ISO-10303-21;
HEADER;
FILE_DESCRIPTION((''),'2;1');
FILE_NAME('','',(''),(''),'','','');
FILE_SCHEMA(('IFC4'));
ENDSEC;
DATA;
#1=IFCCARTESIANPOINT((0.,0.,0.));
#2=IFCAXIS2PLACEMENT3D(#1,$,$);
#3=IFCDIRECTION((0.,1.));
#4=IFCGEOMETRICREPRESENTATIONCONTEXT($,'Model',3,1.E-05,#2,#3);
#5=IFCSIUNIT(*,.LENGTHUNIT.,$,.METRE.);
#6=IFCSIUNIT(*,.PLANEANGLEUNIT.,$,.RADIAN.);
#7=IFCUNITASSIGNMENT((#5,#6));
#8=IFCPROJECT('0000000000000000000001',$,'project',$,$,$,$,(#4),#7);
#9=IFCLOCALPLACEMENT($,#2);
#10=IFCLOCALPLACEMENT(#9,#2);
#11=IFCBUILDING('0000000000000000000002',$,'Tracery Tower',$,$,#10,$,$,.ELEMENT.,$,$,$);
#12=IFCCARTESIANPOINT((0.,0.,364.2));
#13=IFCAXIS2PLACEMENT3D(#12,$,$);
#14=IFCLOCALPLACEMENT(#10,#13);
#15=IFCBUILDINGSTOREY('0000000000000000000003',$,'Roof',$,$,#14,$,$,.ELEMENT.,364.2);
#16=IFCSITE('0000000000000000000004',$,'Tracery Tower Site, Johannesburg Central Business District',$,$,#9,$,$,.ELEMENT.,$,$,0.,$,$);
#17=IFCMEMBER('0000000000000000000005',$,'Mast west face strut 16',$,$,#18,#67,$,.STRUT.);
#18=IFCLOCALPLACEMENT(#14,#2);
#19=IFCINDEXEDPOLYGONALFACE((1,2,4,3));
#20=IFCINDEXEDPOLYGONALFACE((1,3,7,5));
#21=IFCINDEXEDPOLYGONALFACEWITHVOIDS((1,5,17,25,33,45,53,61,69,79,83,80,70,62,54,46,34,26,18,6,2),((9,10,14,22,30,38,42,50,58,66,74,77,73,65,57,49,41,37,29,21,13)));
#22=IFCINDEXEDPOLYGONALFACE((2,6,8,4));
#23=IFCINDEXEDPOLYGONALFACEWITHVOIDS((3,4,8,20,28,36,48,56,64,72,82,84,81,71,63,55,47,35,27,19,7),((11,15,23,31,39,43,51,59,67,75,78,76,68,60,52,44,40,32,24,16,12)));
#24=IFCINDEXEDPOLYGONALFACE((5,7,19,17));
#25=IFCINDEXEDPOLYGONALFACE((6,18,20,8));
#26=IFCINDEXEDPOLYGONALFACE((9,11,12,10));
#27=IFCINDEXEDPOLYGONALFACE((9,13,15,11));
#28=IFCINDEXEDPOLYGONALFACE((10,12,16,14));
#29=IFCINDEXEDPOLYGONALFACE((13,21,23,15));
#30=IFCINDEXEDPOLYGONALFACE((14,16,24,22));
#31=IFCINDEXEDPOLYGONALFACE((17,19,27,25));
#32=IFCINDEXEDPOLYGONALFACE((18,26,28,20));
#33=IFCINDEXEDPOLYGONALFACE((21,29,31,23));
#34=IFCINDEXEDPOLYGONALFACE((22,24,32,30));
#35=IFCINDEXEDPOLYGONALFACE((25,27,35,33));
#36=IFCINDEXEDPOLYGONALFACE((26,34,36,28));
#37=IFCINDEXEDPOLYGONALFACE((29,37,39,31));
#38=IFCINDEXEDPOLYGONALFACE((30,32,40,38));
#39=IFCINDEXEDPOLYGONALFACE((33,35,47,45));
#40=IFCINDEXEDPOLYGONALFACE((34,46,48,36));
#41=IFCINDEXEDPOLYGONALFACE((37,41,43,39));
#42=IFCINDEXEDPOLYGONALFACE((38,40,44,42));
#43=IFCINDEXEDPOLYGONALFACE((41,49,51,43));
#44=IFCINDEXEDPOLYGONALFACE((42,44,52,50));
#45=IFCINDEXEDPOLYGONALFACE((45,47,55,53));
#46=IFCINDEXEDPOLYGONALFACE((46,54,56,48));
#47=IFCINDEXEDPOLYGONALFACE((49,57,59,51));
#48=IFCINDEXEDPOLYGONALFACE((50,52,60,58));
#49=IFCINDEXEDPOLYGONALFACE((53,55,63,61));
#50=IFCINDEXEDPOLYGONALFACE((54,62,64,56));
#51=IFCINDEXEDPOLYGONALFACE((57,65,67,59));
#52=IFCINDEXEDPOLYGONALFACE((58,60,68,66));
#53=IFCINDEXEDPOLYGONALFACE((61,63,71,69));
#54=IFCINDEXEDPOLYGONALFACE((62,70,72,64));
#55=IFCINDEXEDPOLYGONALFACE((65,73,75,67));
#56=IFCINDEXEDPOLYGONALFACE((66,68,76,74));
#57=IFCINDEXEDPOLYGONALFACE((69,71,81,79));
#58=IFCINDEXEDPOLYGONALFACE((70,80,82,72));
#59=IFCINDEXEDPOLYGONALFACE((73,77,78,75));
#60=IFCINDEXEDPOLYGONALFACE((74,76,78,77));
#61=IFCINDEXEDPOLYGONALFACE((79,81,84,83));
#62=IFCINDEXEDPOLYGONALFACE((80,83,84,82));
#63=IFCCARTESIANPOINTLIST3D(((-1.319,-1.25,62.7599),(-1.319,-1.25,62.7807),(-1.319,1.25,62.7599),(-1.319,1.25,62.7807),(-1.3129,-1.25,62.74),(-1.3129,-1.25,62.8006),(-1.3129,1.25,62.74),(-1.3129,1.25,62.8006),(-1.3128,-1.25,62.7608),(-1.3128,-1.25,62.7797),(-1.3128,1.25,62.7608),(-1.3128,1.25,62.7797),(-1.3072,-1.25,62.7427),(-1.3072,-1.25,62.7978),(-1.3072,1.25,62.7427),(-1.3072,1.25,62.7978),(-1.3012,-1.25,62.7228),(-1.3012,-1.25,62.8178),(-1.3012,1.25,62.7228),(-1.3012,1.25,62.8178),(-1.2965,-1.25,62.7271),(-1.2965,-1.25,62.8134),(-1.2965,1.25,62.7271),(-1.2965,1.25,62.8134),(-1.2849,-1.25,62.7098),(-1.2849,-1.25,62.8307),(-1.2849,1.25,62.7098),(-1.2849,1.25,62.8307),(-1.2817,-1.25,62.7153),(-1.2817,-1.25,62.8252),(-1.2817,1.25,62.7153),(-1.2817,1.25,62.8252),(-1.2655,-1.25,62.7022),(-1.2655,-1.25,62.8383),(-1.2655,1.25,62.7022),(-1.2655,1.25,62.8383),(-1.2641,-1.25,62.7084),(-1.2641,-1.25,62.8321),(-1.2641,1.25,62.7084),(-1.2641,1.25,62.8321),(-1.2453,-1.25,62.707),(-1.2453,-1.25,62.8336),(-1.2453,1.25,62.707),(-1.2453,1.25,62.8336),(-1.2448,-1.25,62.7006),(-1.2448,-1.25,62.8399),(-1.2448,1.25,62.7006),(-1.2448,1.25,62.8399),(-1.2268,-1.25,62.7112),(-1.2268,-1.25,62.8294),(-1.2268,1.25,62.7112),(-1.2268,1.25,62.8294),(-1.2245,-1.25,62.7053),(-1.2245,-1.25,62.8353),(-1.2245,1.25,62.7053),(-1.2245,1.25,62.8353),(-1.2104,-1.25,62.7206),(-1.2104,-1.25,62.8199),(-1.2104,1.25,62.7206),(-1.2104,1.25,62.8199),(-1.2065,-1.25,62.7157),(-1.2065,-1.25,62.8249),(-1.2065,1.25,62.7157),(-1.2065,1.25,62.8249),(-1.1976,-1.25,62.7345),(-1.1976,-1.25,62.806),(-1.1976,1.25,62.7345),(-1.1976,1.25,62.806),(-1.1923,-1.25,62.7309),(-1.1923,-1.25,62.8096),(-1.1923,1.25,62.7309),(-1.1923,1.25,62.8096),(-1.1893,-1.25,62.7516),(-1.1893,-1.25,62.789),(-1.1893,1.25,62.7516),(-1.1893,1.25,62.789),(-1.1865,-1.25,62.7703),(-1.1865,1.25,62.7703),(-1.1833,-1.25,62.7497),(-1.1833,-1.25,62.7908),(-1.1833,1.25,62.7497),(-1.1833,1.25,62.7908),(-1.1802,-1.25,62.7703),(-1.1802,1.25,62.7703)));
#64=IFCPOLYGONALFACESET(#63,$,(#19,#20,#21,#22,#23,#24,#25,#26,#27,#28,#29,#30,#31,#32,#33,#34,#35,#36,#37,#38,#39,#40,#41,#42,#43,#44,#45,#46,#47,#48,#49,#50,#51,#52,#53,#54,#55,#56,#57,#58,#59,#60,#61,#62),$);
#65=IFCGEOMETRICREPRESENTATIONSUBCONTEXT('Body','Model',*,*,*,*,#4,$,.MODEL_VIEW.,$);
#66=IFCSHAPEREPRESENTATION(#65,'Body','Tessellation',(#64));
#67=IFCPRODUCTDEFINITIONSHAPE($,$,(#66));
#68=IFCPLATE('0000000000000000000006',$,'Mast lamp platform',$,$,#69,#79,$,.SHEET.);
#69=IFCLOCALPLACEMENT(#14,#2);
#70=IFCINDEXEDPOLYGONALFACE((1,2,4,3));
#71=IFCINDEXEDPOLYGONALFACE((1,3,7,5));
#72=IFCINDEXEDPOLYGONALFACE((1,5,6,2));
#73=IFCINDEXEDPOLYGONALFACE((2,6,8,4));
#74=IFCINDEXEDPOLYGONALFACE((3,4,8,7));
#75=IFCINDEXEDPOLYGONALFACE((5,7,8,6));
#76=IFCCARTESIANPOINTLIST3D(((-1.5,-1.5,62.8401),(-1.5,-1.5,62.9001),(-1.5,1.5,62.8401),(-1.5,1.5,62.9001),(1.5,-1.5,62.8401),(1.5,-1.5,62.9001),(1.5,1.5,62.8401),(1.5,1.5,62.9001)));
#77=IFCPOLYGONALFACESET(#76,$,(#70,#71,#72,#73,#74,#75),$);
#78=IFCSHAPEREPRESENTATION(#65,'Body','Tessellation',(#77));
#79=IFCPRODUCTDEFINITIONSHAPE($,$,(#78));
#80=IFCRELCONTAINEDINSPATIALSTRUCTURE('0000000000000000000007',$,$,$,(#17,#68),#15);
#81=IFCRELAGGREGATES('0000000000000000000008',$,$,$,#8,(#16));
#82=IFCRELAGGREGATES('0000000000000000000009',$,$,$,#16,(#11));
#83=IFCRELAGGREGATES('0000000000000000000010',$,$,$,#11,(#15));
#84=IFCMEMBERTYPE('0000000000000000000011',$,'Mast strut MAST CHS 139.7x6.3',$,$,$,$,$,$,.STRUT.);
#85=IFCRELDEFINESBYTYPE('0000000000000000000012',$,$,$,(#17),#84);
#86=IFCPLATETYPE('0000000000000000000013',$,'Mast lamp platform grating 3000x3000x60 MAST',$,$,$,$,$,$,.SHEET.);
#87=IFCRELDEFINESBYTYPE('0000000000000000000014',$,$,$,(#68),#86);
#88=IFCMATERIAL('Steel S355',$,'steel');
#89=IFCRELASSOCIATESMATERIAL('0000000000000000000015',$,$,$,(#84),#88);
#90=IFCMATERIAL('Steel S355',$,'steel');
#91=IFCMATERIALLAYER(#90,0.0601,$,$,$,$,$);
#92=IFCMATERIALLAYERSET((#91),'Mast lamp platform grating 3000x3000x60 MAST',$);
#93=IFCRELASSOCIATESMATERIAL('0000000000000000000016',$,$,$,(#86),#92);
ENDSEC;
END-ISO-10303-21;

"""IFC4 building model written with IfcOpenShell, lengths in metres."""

from ifc_helpers import new_model, si_unit, direction, frame, origin, origin_2d, place, context, subcontext, project, spatial, rectangle, hollow_circle, extrude, material, layer, layer_set, material_profile, profile_set, type_object, element, save


model = new_model("IFC4")

# Units and contexts
model_context = context("Model", 3, precision=1e-05, world=origin(), true_north=direction((0.0, 1.0)))
body_context = subcontext(model_context, "Body", "Model", "MODEL_VIEW")
ifc_project = project(units=[si_unit("LENGTHUNIT", "METRE"), si_unit("PLANEANGLEUNIT", "RADIAN")], contexts=[model_context])

# Site, building, storey
site_placement = place(None, origin())
site = spatial("IfcSite", under=ifc_project, at=site_placement, Name="Tracery Tower Site, Johannesburg Central Business District", CompositionType="ELEMENT", RefElevation=0.0)
building_placement = place(site_placement, origin())
building = spatial("IfcBuilding", under=site, at=building_placement, Name="Tracery Tower", CompositionType="ELEMENT")
storey_placement = place(building_placement, frame((0.0, 0.0, 364.2)))
storey = spatial("IfcBuildingStorey", under=building, at=storey_placement, Name="Roof", CompositionType="ELEMENT", Elevation=364.2)

# Member
ifc_material_1 = material(Name="Steel S355", Category="steel")
ifc_material_profile_1 = material_profile(ifc_material_1, hollow_circle(Radius=0.0698, WallThickness=0.0063, at=origin_2d()), Name="CHS 139.7x6.3")
ifc_profile_set_1 = profile_set([ifc_material_profile_1], Name="Steel S355")
member_type_1 = type_object("IfcMemberType", Name="Mast strut MAST CHS 139.7x6.3", PredefinedType="STRUT", material=ifc_profile_set_1)
for number, where, z_axis, x_axis, name in (
    (1, (-1.25, 1.25, 62.7703), (0.0, -1.0, 0.0), (1.0, 0.0, 0.0), "Mast west face strut 16"),
):
    element("IfcMember", number, at=place(storey_placement, frame(where, z_axis=z_axis, x_axis=x_axis)), inside=storey, type_object=member_type_1, Name=name, PredefinedType="STRUT", context=body_context, shape_type="SweptSolid", body=[
        extrude(hollow_circle(Radius=0.0698, WallThickness=0.0063, at=origin_2d()), origin(), (0.0, 0.0, 1.0), 2.5),
    ])

# Plate
ifc_material_2 = material(Name="Steel S355", Category="steel")
ifc_layer = layer(ifc_material_2, 0.0601)
ifc_layer_set = layer_set([ifc_layer], Name="Mast lamp platform grating 3000x3000x60 MAST")
plate_type = type_object("IfcPlateType", Name="Mast lamp platform grating 3000x3000x60 MAST", PredefinedType="SHEET", material=ifc_layer_set)
plate_placement = place(storey_placement, frame((0.0, 0.0, 62.8401), z_axis=(0.0, 0.0, 1.0), x_axis=(1.0, 0.0, 0.0)))
element("IfcPlate", 2, at=plate_placement, inside=storey, type_object=plate_type, Name="Mast lamp platform", PredefinedType="SHEET", context=body_context, shape_type="SweptSolid", body=[
    extrude(rectangle(XDim=3.0, YDim=3.0, at=origin_2d()), origin(), (0.0, 0.0, 1.0), 0.0601),
])

save(model, "model.ifc")
